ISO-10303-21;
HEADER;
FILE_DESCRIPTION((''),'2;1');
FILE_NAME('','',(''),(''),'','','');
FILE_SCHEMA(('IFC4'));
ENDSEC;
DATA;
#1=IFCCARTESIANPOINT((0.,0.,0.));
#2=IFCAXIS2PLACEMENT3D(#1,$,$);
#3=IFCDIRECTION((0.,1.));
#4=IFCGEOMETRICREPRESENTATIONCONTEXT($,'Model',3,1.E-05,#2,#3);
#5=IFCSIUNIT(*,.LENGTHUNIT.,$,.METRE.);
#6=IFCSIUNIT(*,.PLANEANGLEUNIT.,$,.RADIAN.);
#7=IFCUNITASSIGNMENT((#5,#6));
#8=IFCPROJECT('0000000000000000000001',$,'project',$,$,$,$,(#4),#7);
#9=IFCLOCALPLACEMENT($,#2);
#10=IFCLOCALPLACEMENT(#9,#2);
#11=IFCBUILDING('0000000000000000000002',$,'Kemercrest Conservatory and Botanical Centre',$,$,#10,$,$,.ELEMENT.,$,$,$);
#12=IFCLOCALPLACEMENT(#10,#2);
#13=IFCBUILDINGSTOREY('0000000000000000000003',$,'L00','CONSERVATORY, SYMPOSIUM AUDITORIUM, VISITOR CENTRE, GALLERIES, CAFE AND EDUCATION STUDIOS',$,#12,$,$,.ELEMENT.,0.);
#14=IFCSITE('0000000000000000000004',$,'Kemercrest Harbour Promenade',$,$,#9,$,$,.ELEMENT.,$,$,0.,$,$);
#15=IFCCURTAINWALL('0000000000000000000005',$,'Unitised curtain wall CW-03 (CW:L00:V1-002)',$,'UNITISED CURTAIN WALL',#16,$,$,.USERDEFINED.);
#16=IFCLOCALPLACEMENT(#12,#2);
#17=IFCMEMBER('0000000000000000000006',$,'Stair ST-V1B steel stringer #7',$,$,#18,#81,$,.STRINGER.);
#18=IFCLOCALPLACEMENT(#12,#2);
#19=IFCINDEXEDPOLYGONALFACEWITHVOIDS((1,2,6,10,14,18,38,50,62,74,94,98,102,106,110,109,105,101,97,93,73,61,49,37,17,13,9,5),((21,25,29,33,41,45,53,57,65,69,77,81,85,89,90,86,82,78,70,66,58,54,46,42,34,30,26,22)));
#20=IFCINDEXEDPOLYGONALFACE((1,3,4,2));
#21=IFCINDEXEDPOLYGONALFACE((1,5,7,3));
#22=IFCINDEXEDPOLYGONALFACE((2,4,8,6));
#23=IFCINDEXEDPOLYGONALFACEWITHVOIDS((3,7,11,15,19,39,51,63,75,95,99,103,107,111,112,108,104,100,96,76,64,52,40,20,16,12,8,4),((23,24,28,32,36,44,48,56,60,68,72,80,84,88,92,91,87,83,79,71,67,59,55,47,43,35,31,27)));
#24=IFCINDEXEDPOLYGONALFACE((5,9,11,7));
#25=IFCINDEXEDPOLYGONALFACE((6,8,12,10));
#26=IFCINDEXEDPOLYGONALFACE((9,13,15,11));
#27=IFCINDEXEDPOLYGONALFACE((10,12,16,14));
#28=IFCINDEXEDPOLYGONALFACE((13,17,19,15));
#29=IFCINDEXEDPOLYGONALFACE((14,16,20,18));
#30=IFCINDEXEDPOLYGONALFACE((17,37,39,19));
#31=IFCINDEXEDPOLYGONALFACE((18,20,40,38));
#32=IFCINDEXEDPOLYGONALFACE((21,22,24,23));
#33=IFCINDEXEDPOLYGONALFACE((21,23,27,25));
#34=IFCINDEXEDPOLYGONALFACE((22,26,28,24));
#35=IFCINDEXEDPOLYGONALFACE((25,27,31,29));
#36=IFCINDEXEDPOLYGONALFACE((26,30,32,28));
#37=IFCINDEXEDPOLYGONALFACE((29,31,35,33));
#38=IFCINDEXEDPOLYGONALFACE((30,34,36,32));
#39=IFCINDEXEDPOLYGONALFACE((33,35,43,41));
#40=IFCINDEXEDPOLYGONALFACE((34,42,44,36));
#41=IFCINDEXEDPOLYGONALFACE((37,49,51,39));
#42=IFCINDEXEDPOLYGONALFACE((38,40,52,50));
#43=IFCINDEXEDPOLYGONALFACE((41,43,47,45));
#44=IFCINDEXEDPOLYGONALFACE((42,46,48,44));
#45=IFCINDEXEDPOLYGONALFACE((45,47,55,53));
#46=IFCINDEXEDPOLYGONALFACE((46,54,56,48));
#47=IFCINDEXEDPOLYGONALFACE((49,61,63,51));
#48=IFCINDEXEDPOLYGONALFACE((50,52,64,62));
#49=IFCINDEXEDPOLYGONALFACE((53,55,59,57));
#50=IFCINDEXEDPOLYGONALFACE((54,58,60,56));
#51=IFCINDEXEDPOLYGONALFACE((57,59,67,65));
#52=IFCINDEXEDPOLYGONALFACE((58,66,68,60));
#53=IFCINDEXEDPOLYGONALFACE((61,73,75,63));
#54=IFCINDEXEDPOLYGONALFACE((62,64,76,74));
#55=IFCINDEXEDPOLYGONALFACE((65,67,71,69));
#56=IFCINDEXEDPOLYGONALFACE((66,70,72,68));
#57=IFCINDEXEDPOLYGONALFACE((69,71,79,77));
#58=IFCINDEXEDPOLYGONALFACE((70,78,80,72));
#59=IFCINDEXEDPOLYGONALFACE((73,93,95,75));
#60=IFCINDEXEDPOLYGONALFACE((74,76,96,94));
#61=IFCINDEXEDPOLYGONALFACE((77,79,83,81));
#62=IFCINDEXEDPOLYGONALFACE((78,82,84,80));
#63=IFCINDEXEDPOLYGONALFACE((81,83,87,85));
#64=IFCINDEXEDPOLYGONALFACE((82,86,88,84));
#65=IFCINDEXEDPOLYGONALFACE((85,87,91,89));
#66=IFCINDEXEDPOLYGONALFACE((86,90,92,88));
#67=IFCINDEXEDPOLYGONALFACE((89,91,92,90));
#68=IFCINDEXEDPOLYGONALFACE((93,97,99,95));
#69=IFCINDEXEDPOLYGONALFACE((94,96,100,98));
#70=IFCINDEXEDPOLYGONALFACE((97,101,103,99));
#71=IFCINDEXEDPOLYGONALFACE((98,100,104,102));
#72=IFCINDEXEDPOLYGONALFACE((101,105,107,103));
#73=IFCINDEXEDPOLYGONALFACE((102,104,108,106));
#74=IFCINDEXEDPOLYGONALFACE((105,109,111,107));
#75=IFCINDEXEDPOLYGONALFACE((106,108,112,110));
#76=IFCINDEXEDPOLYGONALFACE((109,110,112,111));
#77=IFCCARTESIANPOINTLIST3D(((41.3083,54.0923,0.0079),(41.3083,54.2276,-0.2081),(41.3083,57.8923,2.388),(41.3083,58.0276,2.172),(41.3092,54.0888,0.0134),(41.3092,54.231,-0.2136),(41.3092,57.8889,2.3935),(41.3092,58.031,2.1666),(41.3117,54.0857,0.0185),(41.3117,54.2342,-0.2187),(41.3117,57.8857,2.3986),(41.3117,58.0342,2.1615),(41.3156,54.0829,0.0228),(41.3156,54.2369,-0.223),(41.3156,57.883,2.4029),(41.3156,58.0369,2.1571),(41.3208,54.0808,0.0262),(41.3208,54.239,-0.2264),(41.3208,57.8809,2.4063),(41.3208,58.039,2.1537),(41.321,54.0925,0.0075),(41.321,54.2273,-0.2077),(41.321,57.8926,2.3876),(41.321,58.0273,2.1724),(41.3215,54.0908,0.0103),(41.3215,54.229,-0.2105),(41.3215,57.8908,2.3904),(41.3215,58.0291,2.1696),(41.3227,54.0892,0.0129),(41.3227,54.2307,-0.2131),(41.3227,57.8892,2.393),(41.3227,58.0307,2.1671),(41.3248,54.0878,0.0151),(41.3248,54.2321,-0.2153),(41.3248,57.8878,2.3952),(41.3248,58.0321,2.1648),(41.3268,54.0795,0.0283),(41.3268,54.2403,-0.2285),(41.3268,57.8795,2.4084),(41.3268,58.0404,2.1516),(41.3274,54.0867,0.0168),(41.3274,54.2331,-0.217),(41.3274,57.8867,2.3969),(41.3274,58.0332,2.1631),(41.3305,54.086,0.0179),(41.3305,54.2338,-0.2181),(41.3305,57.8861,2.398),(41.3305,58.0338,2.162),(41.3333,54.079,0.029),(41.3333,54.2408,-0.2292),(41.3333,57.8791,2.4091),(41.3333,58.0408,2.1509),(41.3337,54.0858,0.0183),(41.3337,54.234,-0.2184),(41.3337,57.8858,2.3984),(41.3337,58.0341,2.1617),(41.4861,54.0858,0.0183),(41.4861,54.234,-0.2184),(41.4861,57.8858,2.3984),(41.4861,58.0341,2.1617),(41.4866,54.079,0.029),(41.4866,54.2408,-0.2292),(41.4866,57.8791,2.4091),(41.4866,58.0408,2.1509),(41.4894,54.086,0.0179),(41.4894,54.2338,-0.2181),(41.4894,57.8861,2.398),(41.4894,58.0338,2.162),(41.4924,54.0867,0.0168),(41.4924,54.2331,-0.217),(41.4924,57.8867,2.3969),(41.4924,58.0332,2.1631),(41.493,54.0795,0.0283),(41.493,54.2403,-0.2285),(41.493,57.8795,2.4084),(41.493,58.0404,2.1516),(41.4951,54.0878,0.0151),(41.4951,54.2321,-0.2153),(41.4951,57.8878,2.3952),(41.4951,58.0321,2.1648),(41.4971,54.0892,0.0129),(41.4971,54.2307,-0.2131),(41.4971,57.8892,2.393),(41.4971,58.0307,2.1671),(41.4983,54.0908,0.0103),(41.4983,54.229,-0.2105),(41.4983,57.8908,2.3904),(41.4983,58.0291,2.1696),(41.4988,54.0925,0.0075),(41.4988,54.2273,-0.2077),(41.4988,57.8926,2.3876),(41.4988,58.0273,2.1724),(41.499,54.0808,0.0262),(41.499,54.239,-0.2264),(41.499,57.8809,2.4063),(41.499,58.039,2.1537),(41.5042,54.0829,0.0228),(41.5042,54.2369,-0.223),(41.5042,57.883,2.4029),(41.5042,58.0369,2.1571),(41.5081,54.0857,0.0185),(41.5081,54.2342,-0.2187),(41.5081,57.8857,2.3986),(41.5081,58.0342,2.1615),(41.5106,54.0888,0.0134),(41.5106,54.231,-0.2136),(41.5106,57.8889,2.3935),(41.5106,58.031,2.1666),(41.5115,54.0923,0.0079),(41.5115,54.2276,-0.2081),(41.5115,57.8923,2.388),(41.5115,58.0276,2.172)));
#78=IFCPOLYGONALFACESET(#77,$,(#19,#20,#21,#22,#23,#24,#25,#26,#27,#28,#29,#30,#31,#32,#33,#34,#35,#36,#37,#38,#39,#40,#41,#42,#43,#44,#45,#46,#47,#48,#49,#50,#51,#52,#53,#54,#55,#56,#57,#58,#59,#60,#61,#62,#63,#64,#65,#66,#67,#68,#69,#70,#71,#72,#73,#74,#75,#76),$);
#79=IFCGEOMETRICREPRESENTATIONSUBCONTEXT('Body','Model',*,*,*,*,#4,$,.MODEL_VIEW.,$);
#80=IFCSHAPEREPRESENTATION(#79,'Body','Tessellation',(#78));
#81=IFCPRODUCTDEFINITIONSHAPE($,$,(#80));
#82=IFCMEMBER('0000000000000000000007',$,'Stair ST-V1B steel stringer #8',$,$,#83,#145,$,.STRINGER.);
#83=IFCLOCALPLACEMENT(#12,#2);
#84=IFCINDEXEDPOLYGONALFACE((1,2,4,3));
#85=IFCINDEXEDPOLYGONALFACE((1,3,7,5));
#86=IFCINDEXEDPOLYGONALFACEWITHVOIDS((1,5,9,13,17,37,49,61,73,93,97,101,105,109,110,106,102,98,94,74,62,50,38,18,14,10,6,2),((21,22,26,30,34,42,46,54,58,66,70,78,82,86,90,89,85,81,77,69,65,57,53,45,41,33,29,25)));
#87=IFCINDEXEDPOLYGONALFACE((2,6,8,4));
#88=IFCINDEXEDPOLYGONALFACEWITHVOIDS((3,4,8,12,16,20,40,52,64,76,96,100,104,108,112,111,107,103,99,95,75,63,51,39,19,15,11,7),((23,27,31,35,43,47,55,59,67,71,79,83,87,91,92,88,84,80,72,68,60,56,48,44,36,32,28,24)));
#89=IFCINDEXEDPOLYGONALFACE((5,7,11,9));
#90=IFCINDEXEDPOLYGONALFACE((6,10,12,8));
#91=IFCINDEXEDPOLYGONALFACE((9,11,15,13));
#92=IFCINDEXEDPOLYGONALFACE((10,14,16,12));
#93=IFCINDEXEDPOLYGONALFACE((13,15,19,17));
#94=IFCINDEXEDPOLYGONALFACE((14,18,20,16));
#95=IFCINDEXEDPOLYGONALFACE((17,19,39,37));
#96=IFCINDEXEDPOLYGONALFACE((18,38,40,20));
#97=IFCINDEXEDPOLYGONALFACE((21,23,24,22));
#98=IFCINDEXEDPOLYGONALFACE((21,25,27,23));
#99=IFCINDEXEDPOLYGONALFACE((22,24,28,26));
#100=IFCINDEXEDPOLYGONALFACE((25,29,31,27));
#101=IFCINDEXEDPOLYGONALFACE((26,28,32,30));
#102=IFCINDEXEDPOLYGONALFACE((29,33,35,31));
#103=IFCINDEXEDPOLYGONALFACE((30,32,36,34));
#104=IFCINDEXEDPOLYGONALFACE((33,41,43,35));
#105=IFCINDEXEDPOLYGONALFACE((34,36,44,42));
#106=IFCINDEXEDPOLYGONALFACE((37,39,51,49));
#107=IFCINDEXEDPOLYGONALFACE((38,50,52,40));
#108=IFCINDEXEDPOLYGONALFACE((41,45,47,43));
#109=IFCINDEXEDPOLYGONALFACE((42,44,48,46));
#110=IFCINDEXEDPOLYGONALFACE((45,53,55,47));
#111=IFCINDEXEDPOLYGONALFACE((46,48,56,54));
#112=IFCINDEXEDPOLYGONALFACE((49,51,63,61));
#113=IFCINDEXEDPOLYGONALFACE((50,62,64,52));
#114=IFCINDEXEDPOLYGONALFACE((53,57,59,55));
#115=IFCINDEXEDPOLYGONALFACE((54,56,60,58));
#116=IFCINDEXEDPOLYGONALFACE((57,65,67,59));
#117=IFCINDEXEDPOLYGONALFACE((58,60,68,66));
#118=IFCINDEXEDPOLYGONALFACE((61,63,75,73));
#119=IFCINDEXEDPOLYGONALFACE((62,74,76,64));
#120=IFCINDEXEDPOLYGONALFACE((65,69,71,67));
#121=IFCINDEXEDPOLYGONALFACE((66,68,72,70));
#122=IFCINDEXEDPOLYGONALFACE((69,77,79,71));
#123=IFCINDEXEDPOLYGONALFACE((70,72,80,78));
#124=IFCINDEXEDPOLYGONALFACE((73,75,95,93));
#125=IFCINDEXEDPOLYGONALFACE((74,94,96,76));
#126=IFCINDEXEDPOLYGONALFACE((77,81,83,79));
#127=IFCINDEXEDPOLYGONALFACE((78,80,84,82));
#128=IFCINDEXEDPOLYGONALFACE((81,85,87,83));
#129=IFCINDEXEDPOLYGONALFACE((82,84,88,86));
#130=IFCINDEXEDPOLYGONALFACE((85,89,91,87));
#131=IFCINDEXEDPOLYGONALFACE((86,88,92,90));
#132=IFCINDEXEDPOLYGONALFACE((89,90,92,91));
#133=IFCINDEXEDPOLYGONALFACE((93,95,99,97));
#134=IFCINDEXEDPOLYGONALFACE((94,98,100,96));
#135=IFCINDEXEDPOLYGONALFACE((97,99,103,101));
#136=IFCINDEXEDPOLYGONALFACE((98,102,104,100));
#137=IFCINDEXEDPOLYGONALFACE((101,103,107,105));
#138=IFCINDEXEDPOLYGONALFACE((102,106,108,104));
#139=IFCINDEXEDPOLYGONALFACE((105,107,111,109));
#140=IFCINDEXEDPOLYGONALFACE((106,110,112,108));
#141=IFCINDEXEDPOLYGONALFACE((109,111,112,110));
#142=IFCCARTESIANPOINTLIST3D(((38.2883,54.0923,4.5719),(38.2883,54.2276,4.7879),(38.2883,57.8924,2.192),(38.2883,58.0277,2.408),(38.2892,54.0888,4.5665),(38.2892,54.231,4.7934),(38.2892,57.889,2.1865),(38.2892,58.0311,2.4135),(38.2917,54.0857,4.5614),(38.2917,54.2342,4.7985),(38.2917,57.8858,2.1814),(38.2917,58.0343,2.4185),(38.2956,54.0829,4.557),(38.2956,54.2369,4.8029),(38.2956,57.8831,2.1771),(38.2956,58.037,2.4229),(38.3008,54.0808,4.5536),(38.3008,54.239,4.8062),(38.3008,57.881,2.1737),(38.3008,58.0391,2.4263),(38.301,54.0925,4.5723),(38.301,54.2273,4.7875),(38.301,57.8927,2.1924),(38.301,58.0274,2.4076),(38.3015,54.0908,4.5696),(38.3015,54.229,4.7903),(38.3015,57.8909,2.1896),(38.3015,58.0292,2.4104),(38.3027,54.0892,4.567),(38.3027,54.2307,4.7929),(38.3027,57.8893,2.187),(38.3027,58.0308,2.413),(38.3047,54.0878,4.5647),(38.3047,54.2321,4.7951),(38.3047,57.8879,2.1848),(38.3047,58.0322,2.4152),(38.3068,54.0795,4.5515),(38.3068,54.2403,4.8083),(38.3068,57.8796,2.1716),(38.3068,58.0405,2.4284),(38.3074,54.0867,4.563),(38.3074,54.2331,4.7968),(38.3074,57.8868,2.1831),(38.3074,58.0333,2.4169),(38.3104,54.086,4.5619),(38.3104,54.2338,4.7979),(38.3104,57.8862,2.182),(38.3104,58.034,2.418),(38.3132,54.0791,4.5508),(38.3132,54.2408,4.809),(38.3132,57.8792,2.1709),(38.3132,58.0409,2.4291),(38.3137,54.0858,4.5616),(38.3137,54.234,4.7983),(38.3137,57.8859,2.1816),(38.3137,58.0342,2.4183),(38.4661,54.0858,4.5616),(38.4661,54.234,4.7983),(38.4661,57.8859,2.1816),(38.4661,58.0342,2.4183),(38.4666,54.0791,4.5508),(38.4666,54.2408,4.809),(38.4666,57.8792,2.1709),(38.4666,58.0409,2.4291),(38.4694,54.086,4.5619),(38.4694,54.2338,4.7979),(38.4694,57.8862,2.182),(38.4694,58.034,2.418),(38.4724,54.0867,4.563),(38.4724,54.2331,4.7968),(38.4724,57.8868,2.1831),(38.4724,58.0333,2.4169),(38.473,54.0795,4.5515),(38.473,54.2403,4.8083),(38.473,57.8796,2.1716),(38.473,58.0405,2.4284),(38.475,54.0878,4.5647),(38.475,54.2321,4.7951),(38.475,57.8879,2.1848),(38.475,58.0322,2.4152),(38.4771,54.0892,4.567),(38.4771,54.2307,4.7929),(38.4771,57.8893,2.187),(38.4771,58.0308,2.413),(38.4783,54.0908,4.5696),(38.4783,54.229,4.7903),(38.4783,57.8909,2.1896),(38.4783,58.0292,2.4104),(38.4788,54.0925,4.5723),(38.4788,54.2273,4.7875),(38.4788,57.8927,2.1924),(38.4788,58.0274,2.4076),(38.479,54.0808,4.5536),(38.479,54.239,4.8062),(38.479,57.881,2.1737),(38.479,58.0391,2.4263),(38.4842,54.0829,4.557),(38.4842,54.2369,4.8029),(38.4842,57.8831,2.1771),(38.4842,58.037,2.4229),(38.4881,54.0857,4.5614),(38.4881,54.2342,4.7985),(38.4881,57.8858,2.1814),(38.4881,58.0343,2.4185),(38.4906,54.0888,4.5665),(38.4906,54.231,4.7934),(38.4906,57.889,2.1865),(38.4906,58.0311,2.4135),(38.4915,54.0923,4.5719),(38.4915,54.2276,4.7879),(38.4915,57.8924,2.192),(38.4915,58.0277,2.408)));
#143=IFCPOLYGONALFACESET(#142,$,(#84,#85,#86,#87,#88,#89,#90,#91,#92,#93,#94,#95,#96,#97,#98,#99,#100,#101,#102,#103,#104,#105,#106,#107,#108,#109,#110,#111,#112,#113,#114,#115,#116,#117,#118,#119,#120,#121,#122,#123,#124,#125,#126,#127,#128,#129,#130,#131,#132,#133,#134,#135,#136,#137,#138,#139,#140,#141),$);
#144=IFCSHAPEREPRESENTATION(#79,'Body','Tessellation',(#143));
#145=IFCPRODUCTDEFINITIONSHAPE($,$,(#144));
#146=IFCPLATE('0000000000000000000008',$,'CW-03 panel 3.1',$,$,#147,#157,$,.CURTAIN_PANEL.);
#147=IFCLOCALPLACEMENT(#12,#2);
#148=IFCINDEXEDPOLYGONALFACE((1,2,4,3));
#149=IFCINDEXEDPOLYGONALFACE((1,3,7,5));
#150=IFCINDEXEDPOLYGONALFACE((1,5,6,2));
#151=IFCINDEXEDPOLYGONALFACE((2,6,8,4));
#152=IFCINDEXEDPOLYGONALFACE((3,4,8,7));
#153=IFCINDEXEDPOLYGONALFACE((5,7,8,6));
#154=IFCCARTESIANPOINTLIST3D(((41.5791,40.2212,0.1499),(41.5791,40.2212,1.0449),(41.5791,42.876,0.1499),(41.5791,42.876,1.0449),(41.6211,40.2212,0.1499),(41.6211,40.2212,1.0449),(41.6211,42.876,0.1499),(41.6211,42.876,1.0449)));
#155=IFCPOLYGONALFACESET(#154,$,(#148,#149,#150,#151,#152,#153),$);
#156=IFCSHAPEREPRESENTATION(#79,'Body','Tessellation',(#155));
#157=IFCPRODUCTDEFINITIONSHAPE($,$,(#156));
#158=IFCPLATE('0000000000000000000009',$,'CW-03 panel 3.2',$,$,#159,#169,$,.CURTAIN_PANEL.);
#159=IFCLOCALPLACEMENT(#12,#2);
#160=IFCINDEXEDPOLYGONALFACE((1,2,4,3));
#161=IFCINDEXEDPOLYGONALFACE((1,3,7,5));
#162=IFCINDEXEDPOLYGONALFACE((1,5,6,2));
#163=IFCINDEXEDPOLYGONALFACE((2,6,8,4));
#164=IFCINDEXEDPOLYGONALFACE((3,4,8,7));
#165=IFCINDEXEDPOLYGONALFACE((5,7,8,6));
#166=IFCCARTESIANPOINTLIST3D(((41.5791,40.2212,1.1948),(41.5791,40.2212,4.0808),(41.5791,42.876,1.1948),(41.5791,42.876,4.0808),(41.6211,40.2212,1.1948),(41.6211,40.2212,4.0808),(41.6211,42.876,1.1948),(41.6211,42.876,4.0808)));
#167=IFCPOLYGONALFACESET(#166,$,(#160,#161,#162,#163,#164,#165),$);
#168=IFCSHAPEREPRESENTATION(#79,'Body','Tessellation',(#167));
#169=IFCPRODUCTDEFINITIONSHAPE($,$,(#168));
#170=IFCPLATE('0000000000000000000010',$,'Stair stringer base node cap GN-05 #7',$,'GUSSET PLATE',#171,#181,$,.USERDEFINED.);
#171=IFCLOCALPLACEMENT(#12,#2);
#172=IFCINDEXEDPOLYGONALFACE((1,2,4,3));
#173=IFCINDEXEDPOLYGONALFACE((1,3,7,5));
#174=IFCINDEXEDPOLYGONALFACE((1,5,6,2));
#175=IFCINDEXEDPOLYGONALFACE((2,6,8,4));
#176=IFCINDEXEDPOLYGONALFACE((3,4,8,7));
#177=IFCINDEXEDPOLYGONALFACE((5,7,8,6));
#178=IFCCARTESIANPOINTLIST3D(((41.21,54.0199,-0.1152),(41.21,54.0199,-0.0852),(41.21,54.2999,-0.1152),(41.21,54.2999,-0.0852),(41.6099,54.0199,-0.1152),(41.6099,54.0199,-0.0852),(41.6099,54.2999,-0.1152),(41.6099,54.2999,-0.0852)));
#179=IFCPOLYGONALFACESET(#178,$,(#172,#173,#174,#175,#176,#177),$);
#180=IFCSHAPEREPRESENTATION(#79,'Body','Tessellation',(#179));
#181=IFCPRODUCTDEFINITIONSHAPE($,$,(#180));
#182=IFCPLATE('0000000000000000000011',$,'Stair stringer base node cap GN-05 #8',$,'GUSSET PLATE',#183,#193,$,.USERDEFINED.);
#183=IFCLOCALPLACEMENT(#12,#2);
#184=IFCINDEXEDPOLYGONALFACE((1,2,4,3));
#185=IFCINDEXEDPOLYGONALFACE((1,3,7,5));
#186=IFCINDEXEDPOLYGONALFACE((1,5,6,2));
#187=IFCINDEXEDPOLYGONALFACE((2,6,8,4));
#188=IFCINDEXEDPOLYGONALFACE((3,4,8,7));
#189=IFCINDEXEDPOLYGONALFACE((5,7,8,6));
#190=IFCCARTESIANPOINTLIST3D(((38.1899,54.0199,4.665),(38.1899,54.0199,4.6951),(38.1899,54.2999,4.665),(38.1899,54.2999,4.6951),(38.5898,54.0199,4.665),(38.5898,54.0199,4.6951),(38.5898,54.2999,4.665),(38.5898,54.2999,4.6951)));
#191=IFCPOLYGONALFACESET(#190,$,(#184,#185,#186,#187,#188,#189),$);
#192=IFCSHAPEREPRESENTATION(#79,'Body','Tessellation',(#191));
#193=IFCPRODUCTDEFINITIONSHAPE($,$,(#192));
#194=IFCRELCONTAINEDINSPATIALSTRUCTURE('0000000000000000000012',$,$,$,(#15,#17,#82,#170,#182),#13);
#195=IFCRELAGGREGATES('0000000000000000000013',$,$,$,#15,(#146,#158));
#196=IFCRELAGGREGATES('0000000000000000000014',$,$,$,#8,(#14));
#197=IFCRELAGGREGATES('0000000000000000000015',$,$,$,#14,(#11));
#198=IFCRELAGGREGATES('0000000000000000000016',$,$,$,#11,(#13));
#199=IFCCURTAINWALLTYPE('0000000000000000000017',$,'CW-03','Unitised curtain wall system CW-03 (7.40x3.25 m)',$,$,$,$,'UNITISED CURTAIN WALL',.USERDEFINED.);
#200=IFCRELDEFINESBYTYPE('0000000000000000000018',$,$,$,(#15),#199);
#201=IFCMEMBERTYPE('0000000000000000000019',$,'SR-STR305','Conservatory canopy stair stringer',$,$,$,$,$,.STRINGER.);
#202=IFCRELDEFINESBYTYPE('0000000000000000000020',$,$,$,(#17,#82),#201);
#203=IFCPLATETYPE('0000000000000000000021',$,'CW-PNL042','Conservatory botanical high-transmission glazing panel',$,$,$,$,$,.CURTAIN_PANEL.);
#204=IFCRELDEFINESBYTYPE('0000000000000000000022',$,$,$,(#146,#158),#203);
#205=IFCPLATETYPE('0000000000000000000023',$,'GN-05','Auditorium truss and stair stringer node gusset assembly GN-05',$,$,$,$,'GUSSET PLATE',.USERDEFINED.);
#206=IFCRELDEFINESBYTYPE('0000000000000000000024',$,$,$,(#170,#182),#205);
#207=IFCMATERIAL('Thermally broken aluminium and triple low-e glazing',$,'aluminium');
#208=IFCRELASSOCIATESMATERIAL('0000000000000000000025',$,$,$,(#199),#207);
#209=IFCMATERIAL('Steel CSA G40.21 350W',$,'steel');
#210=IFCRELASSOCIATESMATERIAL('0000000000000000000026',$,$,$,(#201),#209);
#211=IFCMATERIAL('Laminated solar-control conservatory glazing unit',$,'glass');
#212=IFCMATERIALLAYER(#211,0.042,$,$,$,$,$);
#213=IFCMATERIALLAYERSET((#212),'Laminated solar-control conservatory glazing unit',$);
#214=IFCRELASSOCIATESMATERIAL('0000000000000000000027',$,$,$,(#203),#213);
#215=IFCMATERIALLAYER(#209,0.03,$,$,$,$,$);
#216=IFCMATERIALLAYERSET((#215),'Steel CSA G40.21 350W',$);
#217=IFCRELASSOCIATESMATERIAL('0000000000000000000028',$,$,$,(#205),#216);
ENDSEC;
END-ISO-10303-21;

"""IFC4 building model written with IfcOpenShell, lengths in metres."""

from ifc_helpers import new_model, si_unit, direction, frame, origin, origin_2d, place, context, subcontext, project, spatial, rectangle, hollow_rectangle, extrude, material, layer, layer_set, material_profile, profile_set, type_object, element, aggregate, save


model = new_model("IFC4")

# Units and contexts
model_context = context("Model", 3, precision=1e-05, world=origin(), true_north=direction((0.0, 1.0)))
body_context = subcontext(model_context, "Body", "Model", "MODEL_VIEW")
ifc_project = project(units=[si_unit("LENGTHUNIT", "METRE"), si_unit("PLANEANGLEUNIT", "RADIAN")], contexts=[model_context])

# Site, building, storey
site_placement = place(None, origin())
site = spatial("IfcSite", under=ifc_project, at=site_placement, Name="Kemercrest Harbour Promenade", CompositionType="ELEMENT", RefElevation=0.0)
building_placement = place(site_placement, origin())
building = spatial("IfcBuilding", under=site, at=building_placement, Name="Kemercrest Conservatory and Botanical Centre", CompositionType="ELEMENT")
storey_placement = place(building_placement, origin())
storey = spatial("IfcBuildingStorey", under=building, at=storey_placement, Name="L00", Description="CONSERVATORY, SYMPOSIUM AUDITORIUM, VISITOR CENTRE, GALLERIES, CAFE AND EDUCATION STUDIOS", CompositionType="ELEMENT", Elevation=0.0)

# Shared definitions
ifc_material_1 = material(Name="Steel CSA G40.21 350W", Category="steel")

# Curtain wall
ifc_material_2 = material(Name="Thermally broken aluminium and triple low-e glazing", Category="aluminium")
curtain_wall_type_1 = type_object("IfcCurtainWallType", Name="CW-03", Description="Unitised curtain wall system CW-03 (7.40x3.25 m)", ElementType="UNITISED CURTAIN WALL", PredefinedType="USERDEFINED", material=ifc_material_2)
curtain_wall_1_placement = place(storey_placement, origin())
curtain_wall_1 = element("IfcCurtainWall", 1, at=curtain_wall_1_placement, inside=storey, type_object=curtain_wall_type_1, Name="Unitised curtain wall CW-03 (CW:L00:V1-002)", ObjectType="UNITISED CURTAIN WALL", PredefinedType="USERDEFINED")

# Members
ifc_material_profile_1 = material_profile(ifc_material_1, hollow_rectangle(XDim=0.2031, YDim=0.3047, WallThickness=0.0127, InnerFilletRadius=0.0127, OuterFilletRadius=0.0249, at=origin_2d()), Name="HSS 305x203x12.7")
ifc_profile_set_1 = profile_set([ifc_material_profile_1], Name="Steel CSA G40.21 350W")
member_type_1 = type_object("IfcMemberType", Name="SR-STR305", Description="Conservatory canopy stair stringer", PredefinedType="STRINGER", material=ifc_profile_set_1)
for number, where, z_axis, x_axis, name in (
    (2, (41.4099, 54.1599, -0.1001), (0.0, 0.847487, 0.530816), (-1.0, 0.0, 0.0), "Stair ST-V1B steel stringer #7"),
    (3, (38.3899, 54.1599, 4.6799), (0.0, 0.847512, -0.530777), (-1.0, 0.0, 0.0), "Stair ST-V1B steel stringer #8"),
):
    element("IfcMember", number, at=place(storey_placement, frame(where, z_axis=z_axis, x_axis=x_axis)), inside=storey, type_object=member_type_1, Name=name, PredefinedType="STRINGER", context=body_context, shape_type="SweptSolid", body=[
        extrude(hollow_rectangle(XDim=0.2031, YDim=0.3047, WallThickness=0.0127, InnerFilletRadius=0.0127, OuterFilletRadius=0.0249, at=origin_2d()), origin(), (0.0, 0.0, 1.0), 4.4839),
    ])

# Plates
ifc_material_3 = material(Name="Laminated solar-control conservatory glazing unit", Category="glass")
ifc_layer_1 = layer(ifc_material_3, 0.042)
ifc_layer_set_1 = layer_set([ifc_layer_1], Name="Laminated solar-control conservatory glazing unit")
plate_type_1 = type_object("IfcPlateType", Name="CW-PNL042", Description="Conservatory botanical high-transmission glazing panel", PredefinedType="CURTAIN_PANEL", material=ifc_layer_set_1)
plate_1_placement = place(storey_placement, frame((41.6001, 41.5486, 0.1499), z_axis=(0.0, 0.0, 1.0), x_axis=(0.0, 1.0, 0.0)))
plate_1 = element("IfcPlate", 4, at=plate_1_placement, type_object=plate_type_1, Name="CW-03 panel 3.1", PredefinedType="CURTAIN_PANEL", context=body_context, shape_type="SweptSolid", body=[
    extrude(rectangle(XDim=2.6548, YDim=0.042, at=origin_2d()), origin(), (0.0, 0.0, 1.0), 0.895),
])
plate_2_placement = place(storey_placement, frame((41.6001, 41.5486, 1.1948), z_axis=(0.0, 0.0, 1.0), x_axis=(0.0, 1.0, 0.0)))
plate_2 = element("IfcPlate", 5, at=plate_2_placement, type_object=plate_type_1, Name="CW-03 panel 3.2", PredefinedType="CURTAIN_PANEL", context=body_context, shape_type="SweptSolid", body=[
    extrude(rectangle(XDim=2.6548, YDim=0.042, at=origin_2d()), origin(), (0.0, 0.0, 1.0), 2.886),
])
aggregate(curtain_wall_1, [plate_1, plate_2])

# Plates
ifc_layer_2 = layer(ifc_material_1, 0.03)
ifc_layer_set_2 = layer_set([ifc_layer_2], Name="Steel CSA G40.21 350W")
plate_type_2 = type_object("IfcPlateType", Name="GN-05", Description="Auditorium truss and stair stringer node gusset assembly GN-05", ElementType="GUSSET PLATE", PredefinedType="USERDEFINED", material=ifc_layer_set_2)
for number, where, z_axis, x_axis, name in (
    (6, (41.4099, 54.1599, -0.1152), (0.0, 0.0, 1.0), (1.0, 0.0, 0.0), "Stair stringer base node cap GN-05 #7"),
    (7, (38.3899, 54.1599, 4.665), (0.0, 0.0, 1.0), (1.0, 0.0, 0.0), "Stair stringer base node cap GN-05 #8"),
):
    element("IfcPlate", number, at=place(storey_placement, frame(where, z_axis=z_axis, x_axis=x_axis)), inside=storey, type_object=plate_type_2, Name=name, ObjectType="GUSSET PLATE", PredefinedType="USERDEFINED", context=body_context, shape_type="SweptSolid", body=[
        extrude(rectangle(XDim=0.3999, YDim=0.28, at=origin_2d()), origin(), (0.0, 0.0, 1.0), 0.03),
    ])

save(model, "model.ifc")
